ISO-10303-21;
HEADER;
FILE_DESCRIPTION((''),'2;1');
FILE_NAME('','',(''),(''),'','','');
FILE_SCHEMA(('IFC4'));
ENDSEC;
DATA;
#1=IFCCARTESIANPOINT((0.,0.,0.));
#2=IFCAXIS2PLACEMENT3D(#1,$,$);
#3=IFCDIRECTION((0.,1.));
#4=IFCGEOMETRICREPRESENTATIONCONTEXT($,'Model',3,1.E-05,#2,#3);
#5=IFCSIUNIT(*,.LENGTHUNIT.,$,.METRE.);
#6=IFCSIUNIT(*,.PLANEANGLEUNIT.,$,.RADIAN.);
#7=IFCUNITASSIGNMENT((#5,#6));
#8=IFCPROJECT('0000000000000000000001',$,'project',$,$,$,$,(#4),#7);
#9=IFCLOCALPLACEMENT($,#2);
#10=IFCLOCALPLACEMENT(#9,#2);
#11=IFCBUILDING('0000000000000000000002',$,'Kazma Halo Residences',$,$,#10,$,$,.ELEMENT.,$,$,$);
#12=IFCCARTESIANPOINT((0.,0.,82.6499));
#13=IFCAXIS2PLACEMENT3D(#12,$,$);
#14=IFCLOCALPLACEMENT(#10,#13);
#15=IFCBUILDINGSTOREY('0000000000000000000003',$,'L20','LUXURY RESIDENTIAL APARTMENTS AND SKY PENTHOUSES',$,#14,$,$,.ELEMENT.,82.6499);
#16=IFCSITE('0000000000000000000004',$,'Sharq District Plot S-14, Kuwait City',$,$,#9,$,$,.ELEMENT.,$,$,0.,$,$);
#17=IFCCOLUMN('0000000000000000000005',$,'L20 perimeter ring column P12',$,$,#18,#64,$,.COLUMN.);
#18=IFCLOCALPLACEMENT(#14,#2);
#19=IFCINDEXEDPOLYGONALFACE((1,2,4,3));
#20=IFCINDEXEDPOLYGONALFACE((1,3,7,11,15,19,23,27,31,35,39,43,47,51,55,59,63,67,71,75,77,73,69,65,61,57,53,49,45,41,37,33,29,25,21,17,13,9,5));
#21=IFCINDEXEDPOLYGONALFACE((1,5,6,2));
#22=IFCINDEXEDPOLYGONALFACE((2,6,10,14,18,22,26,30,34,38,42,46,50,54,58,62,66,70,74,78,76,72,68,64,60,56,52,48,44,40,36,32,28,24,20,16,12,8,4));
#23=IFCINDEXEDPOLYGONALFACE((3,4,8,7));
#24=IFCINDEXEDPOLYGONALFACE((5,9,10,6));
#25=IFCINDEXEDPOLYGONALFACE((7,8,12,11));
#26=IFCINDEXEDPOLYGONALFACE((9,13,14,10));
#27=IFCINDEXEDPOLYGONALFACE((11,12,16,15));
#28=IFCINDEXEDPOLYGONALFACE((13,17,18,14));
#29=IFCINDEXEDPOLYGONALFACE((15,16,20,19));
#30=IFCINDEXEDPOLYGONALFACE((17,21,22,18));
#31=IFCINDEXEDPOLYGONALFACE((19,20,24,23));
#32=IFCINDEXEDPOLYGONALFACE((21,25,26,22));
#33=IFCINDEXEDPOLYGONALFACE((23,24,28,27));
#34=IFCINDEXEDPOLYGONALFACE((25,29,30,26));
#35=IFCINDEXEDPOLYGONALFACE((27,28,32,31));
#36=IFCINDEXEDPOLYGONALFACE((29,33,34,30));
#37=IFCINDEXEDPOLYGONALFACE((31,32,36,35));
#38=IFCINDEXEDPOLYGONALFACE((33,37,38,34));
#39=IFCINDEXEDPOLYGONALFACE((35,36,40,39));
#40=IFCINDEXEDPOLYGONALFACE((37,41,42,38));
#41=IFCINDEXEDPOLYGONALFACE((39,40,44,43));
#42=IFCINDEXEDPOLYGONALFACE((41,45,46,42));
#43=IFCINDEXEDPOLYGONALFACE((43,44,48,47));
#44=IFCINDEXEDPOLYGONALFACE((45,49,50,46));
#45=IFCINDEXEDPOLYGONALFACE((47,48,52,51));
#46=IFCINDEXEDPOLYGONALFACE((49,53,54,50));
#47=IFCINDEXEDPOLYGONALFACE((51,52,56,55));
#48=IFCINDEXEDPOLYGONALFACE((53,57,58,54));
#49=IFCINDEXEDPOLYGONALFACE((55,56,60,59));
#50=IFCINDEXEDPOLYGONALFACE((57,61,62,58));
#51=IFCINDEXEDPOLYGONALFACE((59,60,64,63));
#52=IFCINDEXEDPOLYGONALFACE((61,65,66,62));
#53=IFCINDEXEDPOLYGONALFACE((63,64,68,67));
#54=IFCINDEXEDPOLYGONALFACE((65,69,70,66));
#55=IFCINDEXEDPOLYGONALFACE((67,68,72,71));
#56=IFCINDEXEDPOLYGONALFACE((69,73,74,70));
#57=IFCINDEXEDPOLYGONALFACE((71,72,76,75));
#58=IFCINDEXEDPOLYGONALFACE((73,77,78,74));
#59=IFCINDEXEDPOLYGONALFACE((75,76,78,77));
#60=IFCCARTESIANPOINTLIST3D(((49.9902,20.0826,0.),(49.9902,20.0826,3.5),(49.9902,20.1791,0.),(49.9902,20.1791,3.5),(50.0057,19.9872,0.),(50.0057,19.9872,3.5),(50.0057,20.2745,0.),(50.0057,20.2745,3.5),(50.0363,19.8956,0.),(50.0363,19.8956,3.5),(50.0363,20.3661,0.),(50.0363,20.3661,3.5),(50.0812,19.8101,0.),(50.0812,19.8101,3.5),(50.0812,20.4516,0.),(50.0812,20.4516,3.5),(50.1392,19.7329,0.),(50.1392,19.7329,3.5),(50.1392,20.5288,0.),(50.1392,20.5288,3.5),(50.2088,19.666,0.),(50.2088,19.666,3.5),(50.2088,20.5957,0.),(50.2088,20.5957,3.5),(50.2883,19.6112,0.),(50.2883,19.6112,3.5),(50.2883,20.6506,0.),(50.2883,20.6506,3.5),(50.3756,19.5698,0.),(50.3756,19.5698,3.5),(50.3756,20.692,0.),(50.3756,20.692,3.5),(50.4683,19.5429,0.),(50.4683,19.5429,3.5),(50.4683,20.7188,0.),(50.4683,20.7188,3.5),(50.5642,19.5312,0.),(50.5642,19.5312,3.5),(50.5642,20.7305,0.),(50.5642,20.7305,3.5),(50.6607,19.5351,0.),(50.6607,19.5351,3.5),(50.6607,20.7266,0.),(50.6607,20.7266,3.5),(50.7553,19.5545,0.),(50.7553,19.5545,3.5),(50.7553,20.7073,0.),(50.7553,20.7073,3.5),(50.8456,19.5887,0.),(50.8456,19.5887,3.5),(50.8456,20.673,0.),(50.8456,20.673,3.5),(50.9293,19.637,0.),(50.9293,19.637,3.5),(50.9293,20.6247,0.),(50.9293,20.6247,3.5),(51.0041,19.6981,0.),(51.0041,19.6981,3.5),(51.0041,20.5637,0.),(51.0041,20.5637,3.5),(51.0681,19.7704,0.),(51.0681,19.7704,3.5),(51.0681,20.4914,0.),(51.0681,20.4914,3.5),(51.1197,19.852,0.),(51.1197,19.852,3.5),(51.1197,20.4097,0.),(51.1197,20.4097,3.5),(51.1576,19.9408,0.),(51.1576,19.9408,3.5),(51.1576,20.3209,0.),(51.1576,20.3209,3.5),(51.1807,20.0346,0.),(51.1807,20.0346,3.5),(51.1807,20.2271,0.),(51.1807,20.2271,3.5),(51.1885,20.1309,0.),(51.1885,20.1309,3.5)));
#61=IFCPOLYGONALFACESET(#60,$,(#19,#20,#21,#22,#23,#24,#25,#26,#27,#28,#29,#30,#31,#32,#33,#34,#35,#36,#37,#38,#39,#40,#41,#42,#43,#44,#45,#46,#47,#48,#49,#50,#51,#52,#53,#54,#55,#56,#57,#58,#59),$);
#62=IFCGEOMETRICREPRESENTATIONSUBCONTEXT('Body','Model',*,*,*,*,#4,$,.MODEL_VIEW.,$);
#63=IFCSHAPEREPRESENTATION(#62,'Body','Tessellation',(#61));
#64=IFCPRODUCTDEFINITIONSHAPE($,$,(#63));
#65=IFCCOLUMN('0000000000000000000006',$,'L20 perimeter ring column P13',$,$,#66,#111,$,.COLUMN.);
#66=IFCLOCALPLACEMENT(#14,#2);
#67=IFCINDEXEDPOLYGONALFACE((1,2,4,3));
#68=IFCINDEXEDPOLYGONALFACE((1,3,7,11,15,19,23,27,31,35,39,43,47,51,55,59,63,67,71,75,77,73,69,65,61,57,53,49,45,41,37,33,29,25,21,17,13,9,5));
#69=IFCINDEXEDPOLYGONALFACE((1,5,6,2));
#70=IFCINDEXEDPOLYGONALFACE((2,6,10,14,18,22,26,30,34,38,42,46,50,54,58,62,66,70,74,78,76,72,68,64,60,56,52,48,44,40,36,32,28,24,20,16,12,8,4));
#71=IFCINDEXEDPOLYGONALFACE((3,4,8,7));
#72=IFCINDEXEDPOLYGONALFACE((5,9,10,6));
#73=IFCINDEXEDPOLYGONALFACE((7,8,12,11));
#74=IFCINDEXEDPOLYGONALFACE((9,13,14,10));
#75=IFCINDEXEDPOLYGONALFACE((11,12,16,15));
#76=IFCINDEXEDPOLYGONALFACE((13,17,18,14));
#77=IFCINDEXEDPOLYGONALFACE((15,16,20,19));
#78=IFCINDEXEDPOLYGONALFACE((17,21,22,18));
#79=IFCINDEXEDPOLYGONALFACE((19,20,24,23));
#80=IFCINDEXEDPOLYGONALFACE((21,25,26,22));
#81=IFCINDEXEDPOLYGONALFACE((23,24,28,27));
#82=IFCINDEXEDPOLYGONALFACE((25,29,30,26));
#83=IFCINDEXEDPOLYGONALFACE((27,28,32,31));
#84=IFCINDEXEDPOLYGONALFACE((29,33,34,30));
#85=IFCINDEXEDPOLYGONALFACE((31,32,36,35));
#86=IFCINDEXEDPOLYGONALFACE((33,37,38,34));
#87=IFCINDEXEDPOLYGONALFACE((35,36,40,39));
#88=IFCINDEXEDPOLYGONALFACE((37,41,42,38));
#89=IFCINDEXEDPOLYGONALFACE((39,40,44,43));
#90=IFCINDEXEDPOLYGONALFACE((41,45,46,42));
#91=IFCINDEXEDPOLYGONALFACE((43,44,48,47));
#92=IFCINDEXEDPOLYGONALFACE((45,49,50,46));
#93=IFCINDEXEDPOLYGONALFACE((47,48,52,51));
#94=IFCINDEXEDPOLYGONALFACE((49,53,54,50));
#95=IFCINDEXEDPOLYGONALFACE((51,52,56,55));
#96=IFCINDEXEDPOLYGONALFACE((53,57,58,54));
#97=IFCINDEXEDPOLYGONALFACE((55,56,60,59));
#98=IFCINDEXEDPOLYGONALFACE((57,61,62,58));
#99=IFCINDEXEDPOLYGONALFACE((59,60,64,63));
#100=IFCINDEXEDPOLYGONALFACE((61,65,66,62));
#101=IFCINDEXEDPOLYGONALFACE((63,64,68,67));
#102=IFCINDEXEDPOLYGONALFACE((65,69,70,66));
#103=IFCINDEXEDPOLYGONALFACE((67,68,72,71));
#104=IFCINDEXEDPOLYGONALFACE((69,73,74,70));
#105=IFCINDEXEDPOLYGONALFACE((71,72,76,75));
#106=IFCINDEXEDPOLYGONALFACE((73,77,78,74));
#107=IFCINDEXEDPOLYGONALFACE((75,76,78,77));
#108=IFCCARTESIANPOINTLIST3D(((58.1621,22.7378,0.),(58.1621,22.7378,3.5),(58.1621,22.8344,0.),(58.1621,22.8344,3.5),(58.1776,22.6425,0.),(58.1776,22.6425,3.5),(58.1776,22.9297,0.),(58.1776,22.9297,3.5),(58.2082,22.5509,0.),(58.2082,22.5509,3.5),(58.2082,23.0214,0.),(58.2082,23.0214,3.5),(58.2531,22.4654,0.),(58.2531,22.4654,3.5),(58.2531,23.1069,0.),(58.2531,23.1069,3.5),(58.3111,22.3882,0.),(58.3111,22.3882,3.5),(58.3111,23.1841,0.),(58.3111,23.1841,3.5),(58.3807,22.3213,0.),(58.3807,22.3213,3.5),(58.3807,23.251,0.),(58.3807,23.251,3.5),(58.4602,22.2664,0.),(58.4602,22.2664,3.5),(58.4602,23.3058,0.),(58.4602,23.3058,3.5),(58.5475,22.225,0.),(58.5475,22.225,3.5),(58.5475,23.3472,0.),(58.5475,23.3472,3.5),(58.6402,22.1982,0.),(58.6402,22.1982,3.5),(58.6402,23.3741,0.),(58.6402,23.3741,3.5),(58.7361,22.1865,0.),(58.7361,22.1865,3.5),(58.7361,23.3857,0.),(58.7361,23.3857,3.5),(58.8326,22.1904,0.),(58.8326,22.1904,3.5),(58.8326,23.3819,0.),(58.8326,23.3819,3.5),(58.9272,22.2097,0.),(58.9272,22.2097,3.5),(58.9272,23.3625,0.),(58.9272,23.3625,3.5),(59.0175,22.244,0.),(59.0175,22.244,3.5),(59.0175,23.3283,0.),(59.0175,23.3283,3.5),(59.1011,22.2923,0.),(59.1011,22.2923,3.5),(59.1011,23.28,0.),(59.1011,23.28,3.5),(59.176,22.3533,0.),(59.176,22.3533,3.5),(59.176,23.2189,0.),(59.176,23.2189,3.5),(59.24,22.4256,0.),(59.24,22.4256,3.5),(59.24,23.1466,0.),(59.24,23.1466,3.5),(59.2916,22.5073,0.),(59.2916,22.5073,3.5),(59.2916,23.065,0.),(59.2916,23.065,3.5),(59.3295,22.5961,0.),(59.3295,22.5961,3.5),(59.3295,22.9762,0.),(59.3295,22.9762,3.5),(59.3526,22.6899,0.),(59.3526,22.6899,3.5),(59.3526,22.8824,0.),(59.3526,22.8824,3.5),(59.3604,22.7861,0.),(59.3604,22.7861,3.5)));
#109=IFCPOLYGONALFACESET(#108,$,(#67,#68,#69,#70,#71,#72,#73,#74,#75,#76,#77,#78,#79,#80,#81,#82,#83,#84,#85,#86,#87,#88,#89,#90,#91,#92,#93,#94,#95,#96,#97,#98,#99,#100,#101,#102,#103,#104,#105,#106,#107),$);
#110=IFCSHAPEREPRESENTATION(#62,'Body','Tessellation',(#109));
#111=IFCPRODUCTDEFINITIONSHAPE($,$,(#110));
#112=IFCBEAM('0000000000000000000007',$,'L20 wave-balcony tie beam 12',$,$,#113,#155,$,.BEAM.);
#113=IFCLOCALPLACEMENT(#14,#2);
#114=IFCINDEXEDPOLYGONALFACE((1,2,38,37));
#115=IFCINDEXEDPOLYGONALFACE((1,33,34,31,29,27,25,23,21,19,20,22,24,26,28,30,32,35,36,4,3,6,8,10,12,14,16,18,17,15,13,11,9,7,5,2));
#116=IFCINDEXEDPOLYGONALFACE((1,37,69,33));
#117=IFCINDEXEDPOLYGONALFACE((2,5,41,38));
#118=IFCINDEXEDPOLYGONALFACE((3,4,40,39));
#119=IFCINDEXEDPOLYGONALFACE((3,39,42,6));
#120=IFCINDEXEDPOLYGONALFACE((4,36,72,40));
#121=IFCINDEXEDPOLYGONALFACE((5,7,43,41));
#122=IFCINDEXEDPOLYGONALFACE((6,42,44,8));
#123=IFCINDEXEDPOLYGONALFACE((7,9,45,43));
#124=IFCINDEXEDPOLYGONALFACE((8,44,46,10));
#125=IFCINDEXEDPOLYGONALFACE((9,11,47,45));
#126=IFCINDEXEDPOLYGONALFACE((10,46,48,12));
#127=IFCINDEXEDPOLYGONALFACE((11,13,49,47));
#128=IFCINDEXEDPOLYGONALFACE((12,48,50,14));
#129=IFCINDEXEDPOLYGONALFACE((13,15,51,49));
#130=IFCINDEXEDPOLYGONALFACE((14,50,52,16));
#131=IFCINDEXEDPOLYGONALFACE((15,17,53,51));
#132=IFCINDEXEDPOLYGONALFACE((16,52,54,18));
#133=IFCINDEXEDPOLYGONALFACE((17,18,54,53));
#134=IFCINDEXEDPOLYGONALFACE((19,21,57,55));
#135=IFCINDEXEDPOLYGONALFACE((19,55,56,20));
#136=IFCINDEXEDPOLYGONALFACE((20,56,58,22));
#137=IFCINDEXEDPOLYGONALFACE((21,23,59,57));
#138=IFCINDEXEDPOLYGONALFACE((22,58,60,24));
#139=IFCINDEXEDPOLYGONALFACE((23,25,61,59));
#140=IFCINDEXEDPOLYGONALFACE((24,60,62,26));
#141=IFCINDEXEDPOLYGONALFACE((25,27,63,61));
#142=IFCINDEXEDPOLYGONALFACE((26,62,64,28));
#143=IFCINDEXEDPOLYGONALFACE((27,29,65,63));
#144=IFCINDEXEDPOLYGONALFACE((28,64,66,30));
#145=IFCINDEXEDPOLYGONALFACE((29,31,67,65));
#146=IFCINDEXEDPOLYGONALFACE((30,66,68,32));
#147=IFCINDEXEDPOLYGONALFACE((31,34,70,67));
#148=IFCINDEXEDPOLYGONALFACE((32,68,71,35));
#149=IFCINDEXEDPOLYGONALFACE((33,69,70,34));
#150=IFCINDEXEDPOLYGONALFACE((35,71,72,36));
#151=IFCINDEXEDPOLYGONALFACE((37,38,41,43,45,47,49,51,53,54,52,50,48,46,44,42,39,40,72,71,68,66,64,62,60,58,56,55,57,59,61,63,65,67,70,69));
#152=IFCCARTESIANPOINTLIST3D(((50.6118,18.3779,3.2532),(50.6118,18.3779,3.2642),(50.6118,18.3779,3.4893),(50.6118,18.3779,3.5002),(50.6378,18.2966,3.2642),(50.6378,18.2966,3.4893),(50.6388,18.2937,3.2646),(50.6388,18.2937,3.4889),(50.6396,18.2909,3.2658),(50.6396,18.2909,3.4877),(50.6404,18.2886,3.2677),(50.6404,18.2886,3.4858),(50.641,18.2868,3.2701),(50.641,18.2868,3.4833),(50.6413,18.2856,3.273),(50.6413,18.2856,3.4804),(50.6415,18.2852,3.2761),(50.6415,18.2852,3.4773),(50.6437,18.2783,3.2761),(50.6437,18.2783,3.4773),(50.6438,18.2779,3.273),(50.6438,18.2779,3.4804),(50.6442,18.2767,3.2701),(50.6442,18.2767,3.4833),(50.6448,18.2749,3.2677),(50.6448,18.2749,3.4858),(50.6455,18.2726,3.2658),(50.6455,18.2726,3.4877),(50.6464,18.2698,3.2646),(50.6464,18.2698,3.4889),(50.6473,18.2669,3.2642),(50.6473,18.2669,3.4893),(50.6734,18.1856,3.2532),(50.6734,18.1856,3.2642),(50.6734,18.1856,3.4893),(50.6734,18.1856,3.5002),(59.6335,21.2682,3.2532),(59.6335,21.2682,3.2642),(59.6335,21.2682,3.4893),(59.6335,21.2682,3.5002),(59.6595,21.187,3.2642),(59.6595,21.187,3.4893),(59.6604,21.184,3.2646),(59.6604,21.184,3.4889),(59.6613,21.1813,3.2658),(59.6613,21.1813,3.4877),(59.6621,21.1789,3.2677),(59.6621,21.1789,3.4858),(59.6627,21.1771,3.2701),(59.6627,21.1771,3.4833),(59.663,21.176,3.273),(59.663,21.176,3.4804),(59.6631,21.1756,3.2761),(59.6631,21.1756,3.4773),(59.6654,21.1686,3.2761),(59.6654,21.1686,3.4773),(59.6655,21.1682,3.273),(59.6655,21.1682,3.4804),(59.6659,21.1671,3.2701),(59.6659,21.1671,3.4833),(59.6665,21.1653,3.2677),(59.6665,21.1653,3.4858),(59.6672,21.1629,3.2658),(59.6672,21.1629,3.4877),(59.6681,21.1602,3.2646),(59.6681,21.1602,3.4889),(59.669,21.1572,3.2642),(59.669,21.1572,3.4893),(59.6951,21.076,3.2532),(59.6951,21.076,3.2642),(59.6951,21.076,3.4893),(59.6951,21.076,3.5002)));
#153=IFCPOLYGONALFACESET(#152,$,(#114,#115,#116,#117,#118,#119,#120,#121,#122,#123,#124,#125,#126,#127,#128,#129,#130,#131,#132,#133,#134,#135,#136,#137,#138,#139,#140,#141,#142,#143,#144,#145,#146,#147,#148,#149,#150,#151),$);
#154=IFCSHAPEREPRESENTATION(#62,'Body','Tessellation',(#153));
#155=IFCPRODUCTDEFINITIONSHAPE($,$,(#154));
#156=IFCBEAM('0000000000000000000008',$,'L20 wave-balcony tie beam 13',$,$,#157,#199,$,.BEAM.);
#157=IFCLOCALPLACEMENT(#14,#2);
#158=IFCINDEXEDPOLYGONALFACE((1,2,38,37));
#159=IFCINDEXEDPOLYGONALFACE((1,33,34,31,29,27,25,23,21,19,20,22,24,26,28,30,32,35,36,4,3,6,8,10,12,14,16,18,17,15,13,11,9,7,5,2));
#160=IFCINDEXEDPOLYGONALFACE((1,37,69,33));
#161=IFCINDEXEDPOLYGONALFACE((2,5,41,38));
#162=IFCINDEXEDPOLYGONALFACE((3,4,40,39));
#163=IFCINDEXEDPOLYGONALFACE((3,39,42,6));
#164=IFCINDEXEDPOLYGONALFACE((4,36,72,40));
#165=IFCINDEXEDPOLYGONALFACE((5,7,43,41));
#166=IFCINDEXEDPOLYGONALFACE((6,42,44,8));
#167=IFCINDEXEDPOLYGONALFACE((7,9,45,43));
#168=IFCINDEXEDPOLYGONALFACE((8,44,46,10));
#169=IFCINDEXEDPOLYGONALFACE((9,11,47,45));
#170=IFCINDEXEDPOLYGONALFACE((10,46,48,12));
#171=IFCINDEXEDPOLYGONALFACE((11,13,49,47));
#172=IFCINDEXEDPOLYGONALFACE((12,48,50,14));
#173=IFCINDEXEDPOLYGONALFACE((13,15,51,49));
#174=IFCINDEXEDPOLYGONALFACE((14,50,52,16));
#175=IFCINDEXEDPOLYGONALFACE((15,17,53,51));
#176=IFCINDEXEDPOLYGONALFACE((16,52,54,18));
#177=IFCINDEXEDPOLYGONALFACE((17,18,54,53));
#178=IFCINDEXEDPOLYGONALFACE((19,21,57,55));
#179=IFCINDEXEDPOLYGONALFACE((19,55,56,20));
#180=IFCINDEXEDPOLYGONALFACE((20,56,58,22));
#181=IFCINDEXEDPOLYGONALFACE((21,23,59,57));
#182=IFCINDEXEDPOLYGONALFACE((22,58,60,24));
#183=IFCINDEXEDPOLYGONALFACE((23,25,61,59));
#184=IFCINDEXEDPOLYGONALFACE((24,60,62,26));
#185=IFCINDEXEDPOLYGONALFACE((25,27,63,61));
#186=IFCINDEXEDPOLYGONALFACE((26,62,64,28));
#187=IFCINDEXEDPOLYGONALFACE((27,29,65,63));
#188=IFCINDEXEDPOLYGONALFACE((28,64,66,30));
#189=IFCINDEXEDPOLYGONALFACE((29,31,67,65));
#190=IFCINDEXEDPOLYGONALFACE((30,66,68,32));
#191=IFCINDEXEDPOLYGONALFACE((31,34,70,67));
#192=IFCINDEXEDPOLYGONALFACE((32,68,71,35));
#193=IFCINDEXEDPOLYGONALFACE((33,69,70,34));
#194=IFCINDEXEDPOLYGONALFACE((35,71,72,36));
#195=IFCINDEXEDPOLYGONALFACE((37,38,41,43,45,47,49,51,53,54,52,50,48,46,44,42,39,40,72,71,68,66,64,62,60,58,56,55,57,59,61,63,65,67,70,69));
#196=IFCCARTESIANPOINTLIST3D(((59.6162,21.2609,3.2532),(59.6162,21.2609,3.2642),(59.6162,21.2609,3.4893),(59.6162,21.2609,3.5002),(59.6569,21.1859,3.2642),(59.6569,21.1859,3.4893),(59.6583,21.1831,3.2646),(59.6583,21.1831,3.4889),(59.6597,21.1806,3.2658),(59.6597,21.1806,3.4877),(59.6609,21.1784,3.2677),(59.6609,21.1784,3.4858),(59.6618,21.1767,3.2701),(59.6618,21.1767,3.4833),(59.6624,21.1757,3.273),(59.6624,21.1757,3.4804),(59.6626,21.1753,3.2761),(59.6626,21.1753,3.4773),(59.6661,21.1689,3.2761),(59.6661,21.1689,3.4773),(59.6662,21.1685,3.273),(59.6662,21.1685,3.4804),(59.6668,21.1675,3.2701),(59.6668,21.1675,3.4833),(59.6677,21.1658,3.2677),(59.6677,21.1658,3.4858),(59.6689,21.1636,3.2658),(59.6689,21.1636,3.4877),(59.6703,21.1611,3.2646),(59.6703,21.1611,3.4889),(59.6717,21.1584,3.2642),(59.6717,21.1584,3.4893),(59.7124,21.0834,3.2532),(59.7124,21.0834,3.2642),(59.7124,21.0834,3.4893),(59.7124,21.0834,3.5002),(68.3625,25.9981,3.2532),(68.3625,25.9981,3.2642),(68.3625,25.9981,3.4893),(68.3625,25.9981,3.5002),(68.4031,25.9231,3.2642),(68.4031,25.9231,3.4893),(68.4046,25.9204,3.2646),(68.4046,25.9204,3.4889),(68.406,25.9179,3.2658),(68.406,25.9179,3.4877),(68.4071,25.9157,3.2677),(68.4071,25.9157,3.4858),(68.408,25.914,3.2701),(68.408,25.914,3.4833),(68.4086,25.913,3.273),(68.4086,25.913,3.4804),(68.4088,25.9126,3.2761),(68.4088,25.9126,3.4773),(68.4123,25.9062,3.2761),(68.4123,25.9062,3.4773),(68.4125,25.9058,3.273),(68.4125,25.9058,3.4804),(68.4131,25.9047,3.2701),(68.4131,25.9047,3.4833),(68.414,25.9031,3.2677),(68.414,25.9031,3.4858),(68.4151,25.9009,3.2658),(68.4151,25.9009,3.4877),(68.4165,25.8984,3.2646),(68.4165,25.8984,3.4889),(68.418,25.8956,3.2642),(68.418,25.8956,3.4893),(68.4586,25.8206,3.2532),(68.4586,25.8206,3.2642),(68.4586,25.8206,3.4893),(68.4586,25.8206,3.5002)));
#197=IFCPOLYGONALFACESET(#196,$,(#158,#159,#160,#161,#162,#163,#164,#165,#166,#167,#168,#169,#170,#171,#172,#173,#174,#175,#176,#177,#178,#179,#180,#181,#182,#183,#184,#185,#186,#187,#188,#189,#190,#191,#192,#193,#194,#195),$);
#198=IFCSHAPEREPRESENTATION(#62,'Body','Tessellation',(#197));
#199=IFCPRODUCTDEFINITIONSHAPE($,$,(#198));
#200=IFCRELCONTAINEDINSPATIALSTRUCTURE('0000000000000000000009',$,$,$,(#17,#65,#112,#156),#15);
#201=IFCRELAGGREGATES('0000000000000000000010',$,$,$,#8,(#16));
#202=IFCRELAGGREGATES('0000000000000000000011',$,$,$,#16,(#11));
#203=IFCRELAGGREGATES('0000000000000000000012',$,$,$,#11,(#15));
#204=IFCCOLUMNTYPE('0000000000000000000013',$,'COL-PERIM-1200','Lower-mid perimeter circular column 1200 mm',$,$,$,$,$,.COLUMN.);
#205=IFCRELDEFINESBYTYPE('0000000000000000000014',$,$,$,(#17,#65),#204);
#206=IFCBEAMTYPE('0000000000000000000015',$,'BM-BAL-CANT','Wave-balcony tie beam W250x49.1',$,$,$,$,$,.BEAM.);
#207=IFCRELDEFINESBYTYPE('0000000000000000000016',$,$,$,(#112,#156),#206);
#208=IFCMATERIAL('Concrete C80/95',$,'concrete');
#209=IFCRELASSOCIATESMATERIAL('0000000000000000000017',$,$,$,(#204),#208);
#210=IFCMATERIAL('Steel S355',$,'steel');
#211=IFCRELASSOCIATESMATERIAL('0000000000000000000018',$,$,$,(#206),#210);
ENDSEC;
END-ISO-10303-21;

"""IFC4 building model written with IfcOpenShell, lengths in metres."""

from ifc_helpers import new_model, si_unit, direction, frame, origin, origin_2d, place, context, subcontext, project, spatial, circle, i_section, extrude, material, material_profile, profile_set, type_object, element, save


model = new_model("IFC4")

# Units and contexts
model_context = context("Model", 3, precision=1e-05, world=origin(), true_north=direction((0.0, 1.0)))
body_context = subcontext(model_context, "Body", "Model", "MODEL_VIEW")
ifc_project = project(units=[si_unit("LENGTHUNIT", "METRE"), si_unit("PLANEANGLEUNIT", "RADIAN")], contexts=[model_context])

# Site, building, storey
site_placement = place(None, origin())
site = spatial("IfcSite", under=ifc_project, at=site_placement, Name="Sharq District Plot S-14, Kuwait City", CompositionType="ELEMENT", RefElevation=0.0)
building_placement = place(site_placement, origin())
building = spatial("IfcBuilding", under=site, at=building_placement, Name="Kazma Halo Residences", CompositionType="ELEMENT")
storey_placement = place(building_placement, frame((0.0, 0.0, 82.6499)))
storey = spatial("IfcBuildingStorey", under=building, at=storey_placement, Name="L20", Description="LUXURY RESIDENTIAL APARTMENTS AND SKY PENTHOUSES", CompositionType="ELEMENT", Elevation=82.6499)

# Columns
ifc_material_1 = material(Name="Concrete C80/95", Category="concrete")
ifc_material_profile_1 = material_profile(ifc_material_1, circle(Radius=0.6001, at=origin_2d()), Name="CIRC1200")
ifc_profile_set_1 = profile_set([ifc_material_profile_1], Name="Concrete C80/95")
column_type = type_object("IfcColumnType", Name="COL-PERIM-1200", Description="Lower-mid perimeter circular column 1200 mm", PredefinedType="COLUMN", material=ifc_profile_set_1)
for number, where, z_axis, x_axis, name in (
    (1, (50.5884, 20.1309, 0.0), (0.0, 0.0, 1.0), (1.0, 0.0, 0.0), "L20 perimeter ring column P12"),
    (2, (58.7603, 22.7861, 0.0), (0.0, 0.0, 1.0), (1.0, 0.0, 0.0), "L20 perimeter ring column P13"),
):
    element("IfcColumn", number, at=place(storey_placement, frame(where, z_axis=z_axis, x_axis=x_axis)), inside=storey, type_object=column_type, Name=name, PredefinedType="COLUMN", context=body_context, shape_type="SweptSolid", body=[
        extrude(circle(Radius=0.6001, at=origin_2d()), origin(), (0.0, 0.0, 1.0), 3.5),
    ])

# Beams
ifc_material_2 = material(Name="Steel S355", Category="steel")
ifc_material_profile_2 = material_profile(ifc_material_2, i_section(OverallWidth=0.2019, OverallDepth=0.2471, WebThickness=0.0073, FlangeThickness=0.011, FilletRadius=0.012, at=origin_2d()), Name="W250x49.1")
ifc_profile_set_2 = profile_set([ifc_material_profile_2], Name="Steel S355")
beam_type_1 = type_object("IfcBeamType", Name="BM-BAL-CANT", Description="Wave-balcony tie beam W250x49.1", PredefinedType="BEAM", material=ifc_profile_set_2)
beam_1_placement = place(storey_placement, frame((50.6426, 18.2817, 3.3767), z_axis=(0.952319, 0.305104, 0.0), x_axis=(-0.305104, 0.952319, 0.0)))
element("IfcBeam", 3, at=beam_1_placement, inside=storey, type_object=beam_type_1, Name="L20 wave-balcony tie beam 12", PredefinedType="BEAM", context=body_context, shape_type="SweptSolid", body=[
    extrude(i_section(OverallWidth=0.2019, OverallDepth=0.2471, WebThickness=0.0073, FlangeThickness=0.011, FilletRadius=0.012, at=origin_2d()), origin(), (0.0, 0.0, 1.0), 9.4734),
])
beam_2_placement = place(storey_placement, frame((59.6643, 21.1721, 3.3767), z_axis=(0.879304, 0.47626, 0.0), x_axis=(-0.47626, 0.879304, 0.0)))
element("IfcBeam", 4, at=beam_2_placement, inside=storey, type_object=beam_type_1, Name="L20 wave-balcony tie beam 13", PredefinedType="BEAM", context=body_context, shape_type="SweptSolid", body=[
    extrude(i_section(OverallWidth=0.2019, OverallDepth=0.2471, WebThickness=0.0073, FlangeThickness=0.011, FilletRadius=0.012, at=origin_2d()), origin(), (0.0, 0.0, 1.0), 9.9468),
])

save(model, "model.ifc")
